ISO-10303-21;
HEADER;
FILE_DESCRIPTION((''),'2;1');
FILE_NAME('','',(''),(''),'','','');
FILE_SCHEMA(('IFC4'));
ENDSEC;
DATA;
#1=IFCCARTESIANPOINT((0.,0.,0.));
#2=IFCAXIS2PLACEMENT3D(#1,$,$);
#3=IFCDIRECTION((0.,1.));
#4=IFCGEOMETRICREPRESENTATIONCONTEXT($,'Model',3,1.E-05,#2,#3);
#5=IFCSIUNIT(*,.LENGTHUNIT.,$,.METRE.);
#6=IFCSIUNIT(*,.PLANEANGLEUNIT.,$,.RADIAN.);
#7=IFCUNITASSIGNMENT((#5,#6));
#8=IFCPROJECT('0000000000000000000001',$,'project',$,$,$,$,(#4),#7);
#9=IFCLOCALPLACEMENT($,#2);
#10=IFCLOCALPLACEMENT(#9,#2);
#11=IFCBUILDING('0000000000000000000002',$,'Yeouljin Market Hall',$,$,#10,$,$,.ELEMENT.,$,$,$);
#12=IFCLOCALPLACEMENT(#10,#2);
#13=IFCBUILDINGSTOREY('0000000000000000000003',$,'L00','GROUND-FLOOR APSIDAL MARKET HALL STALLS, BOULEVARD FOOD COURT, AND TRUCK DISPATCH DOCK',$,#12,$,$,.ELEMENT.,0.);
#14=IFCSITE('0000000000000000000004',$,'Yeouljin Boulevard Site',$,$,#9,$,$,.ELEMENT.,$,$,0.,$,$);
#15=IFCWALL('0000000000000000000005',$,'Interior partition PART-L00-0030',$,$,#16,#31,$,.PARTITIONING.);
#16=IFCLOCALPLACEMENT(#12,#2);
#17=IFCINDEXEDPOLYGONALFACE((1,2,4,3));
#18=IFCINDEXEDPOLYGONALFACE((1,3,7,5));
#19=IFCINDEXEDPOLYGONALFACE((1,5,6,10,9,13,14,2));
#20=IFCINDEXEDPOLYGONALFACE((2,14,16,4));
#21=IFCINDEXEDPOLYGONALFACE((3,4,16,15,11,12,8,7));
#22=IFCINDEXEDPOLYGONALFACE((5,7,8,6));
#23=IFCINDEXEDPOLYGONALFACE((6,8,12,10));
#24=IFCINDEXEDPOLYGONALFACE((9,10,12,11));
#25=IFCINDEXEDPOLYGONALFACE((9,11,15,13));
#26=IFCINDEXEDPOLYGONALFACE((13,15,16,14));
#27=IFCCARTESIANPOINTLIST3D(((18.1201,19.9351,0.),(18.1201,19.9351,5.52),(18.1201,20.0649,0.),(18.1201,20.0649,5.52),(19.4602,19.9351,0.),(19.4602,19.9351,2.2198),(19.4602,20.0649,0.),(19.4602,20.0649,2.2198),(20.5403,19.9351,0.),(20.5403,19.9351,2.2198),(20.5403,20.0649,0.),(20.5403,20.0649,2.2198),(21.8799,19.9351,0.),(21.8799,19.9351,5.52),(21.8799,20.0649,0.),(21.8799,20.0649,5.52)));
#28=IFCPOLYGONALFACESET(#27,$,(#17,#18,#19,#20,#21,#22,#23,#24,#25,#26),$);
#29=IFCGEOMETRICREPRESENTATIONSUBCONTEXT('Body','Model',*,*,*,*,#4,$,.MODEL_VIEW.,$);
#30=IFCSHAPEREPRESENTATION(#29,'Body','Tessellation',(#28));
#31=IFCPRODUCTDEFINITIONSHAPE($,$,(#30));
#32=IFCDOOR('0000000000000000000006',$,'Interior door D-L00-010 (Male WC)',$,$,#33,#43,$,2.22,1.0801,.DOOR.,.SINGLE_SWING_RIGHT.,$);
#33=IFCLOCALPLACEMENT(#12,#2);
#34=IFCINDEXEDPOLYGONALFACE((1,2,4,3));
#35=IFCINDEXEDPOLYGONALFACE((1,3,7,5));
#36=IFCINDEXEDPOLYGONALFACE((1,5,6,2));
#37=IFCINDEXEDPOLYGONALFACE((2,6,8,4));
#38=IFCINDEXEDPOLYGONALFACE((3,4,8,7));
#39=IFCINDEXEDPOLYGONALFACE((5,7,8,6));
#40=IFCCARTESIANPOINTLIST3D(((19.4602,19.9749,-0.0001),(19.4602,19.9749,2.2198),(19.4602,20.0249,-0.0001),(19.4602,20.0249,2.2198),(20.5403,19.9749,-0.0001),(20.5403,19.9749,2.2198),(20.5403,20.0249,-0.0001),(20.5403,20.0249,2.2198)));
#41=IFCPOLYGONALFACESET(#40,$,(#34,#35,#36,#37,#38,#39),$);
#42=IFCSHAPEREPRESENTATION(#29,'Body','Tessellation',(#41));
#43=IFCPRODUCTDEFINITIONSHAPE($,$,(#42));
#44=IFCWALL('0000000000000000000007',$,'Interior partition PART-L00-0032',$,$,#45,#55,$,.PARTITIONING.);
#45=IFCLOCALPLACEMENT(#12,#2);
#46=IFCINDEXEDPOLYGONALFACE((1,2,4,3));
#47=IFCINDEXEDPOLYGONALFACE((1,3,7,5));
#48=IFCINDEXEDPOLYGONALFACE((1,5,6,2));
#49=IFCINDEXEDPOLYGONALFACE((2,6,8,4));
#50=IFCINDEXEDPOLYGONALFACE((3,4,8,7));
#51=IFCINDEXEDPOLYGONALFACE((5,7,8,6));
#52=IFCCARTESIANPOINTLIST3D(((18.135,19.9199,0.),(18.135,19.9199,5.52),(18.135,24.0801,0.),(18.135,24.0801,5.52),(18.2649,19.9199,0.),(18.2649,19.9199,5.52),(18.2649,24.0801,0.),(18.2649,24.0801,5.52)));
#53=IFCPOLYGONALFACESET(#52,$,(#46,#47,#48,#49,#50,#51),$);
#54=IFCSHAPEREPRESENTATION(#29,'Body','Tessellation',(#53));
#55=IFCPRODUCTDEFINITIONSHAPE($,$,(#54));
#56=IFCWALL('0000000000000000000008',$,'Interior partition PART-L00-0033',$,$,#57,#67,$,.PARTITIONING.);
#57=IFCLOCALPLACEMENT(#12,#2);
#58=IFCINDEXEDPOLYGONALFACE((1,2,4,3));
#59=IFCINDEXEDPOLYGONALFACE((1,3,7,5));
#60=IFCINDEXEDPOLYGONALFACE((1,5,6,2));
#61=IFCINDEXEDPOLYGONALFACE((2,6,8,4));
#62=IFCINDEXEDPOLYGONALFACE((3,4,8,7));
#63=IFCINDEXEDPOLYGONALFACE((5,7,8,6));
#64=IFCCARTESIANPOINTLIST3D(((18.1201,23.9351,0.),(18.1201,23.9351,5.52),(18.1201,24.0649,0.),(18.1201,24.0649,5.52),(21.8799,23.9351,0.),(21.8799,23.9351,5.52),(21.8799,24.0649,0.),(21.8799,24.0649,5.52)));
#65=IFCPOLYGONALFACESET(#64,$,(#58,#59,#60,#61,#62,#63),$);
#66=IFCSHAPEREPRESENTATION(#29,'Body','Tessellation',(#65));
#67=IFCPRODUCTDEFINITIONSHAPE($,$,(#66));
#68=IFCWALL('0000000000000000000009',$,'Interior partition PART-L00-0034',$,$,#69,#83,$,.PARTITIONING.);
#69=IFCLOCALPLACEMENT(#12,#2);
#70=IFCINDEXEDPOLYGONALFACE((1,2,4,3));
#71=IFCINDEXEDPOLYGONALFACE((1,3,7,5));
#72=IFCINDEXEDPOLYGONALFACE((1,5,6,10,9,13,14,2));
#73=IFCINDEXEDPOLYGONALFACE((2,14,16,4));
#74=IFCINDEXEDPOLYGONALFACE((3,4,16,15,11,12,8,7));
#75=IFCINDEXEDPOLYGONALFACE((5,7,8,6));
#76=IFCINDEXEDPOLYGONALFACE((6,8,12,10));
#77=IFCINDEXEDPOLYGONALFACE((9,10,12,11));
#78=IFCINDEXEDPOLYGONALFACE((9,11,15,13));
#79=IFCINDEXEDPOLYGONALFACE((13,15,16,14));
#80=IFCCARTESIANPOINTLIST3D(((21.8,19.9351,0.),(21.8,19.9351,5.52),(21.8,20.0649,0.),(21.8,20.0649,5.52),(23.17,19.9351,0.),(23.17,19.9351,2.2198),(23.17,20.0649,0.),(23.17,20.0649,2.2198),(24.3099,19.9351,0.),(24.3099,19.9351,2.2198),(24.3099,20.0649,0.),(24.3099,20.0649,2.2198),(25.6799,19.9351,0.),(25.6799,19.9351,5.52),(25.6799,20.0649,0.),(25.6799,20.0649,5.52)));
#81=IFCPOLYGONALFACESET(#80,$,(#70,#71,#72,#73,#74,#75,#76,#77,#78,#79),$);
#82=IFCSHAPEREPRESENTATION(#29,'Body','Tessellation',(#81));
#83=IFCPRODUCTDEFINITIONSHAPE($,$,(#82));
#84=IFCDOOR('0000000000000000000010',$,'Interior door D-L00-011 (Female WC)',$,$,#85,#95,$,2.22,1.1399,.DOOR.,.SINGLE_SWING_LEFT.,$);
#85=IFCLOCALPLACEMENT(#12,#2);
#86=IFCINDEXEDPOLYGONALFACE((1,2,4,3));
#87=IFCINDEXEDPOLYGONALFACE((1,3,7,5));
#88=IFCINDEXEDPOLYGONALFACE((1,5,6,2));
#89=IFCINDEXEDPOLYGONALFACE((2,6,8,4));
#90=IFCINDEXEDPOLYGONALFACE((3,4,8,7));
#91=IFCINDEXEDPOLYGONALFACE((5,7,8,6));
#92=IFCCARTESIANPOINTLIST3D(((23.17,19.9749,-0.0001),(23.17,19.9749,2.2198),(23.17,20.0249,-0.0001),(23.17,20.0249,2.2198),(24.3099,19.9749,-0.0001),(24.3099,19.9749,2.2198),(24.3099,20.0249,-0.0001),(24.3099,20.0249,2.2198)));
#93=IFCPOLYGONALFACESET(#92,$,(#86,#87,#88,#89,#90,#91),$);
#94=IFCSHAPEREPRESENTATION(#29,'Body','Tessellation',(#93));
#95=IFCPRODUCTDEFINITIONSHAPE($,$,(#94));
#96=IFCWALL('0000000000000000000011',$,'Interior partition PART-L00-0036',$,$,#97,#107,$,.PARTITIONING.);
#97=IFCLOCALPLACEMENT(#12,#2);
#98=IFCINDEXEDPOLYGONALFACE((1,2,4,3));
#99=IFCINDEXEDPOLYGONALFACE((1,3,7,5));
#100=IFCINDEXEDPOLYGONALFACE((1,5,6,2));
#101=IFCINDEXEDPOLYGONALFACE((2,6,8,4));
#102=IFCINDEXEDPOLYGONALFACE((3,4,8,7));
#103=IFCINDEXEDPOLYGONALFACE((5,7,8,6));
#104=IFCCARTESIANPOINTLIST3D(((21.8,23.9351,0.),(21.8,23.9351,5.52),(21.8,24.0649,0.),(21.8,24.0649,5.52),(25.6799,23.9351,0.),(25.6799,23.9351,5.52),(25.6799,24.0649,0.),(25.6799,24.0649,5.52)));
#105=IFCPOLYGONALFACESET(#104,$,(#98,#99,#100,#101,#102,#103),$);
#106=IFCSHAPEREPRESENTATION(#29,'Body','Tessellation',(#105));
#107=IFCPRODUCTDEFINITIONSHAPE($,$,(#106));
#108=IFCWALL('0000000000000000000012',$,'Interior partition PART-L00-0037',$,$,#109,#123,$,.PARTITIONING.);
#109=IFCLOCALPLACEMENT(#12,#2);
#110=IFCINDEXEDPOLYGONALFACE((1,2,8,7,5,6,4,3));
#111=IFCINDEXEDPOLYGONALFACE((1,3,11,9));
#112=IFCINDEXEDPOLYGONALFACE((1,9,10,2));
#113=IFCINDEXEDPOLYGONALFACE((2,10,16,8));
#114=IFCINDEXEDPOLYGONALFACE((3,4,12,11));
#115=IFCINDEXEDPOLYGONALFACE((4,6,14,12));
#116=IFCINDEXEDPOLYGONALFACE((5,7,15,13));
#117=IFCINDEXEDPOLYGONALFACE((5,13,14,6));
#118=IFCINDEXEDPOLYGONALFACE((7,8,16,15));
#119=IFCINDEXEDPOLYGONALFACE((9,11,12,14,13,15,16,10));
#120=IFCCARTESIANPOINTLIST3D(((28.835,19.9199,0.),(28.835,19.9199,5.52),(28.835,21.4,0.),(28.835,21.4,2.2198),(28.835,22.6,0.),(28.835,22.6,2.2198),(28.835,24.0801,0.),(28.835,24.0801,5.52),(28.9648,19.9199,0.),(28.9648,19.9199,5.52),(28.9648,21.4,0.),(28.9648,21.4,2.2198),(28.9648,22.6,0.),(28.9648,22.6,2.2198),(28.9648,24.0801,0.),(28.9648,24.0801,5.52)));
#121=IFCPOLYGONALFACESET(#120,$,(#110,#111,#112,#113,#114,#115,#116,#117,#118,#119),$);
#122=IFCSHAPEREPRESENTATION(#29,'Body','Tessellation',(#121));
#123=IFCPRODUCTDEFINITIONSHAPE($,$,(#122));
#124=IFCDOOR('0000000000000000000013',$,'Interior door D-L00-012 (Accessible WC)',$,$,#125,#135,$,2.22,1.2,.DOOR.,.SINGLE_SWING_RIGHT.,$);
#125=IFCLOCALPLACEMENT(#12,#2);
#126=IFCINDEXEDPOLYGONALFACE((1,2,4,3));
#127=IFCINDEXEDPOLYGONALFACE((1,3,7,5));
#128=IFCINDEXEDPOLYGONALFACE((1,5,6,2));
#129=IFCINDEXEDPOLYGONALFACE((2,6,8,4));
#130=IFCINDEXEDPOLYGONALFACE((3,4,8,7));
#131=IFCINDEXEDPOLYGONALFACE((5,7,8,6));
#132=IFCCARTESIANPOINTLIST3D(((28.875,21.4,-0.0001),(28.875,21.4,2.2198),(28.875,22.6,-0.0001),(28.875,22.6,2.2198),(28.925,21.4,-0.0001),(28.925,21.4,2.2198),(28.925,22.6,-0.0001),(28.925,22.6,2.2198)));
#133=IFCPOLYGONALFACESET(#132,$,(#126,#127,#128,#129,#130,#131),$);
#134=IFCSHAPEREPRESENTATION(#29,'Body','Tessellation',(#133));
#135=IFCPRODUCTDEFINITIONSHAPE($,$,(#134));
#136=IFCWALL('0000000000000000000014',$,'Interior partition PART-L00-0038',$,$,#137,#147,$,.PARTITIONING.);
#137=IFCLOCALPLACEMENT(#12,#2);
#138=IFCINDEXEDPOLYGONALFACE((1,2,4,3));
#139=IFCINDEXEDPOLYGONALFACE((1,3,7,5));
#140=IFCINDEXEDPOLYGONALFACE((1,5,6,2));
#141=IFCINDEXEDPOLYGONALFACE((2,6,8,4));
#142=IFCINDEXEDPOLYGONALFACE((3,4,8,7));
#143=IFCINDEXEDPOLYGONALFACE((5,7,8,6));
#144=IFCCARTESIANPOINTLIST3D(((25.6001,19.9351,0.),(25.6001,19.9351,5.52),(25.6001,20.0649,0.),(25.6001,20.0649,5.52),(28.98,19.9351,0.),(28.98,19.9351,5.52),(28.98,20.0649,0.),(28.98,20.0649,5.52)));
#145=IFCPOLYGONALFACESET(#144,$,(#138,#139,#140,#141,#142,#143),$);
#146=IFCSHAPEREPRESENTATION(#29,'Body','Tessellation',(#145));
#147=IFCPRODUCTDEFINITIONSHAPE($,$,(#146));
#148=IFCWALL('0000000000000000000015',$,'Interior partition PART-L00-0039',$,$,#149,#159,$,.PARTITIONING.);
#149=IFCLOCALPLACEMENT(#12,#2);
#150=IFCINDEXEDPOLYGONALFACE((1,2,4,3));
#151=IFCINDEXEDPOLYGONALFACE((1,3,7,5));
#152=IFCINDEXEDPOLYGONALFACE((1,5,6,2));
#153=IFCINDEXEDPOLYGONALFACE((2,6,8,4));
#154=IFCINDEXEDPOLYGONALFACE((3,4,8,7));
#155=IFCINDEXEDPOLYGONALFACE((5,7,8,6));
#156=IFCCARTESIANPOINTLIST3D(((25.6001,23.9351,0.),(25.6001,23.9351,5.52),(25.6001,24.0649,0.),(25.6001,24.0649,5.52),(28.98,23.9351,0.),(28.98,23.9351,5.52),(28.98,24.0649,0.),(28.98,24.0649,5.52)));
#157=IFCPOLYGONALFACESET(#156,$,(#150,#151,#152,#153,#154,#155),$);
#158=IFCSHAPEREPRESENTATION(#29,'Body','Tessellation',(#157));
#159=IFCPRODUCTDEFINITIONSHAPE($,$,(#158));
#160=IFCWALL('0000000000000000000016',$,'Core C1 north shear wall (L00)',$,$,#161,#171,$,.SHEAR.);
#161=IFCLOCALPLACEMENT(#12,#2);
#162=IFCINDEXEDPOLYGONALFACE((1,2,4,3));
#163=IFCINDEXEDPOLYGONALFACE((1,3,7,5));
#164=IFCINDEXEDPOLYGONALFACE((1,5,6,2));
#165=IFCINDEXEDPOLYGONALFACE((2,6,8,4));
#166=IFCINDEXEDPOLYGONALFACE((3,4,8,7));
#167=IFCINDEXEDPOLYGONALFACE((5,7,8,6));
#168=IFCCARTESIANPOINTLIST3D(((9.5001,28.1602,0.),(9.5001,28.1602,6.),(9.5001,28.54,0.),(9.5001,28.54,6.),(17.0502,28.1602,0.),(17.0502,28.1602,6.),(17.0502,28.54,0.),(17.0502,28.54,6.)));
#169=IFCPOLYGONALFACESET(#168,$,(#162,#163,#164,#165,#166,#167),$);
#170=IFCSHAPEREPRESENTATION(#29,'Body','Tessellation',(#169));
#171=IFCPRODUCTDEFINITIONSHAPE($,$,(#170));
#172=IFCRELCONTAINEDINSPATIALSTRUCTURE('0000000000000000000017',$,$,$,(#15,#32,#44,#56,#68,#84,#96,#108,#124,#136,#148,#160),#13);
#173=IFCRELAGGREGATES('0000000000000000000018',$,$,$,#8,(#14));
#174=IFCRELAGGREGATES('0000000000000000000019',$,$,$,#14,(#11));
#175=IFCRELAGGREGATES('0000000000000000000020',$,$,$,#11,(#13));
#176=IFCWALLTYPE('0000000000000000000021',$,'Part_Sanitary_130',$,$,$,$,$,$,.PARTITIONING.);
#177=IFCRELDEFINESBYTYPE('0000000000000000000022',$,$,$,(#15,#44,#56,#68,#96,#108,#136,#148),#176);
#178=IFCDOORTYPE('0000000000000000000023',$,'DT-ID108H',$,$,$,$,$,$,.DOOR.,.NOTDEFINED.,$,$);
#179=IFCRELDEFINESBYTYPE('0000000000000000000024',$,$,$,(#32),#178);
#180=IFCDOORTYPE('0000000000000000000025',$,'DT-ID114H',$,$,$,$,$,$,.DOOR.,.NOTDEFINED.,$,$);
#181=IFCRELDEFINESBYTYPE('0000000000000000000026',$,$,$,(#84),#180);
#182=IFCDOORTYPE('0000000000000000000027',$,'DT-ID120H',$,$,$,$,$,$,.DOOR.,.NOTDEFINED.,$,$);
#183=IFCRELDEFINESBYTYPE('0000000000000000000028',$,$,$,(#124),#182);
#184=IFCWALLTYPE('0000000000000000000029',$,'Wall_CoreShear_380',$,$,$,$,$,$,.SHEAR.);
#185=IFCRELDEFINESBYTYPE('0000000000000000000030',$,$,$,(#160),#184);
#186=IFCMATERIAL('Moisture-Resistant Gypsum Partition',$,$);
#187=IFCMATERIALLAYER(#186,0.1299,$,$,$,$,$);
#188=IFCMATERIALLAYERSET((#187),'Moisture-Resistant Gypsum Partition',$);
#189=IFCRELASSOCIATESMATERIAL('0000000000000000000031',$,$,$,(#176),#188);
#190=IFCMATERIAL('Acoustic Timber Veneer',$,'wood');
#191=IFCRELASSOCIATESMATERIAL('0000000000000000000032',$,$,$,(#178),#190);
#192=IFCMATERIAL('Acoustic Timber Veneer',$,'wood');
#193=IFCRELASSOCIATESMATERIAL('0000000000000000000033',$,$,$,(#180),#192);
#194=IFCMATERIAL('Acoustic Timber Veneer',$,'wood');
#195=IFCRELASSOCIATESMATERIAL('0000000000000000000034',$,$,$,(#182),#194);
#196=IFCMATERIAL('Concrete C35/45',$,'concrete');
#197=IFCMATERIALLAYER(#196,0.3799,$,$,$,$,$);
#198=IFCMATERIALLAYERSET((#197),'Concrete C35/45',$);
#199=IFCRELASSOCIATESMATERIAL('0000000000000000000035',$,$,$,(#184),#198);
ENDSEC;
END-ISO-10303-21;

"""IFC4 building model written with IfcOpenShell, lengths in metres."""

from ifc_helpers import new_model, si_unit, direction, frame, frame_2d, origin, place, context, subcontext, project, spatial, rectangle, extrude, material, layer, layer_set, type_object, element, fill, save


model = new_model("IFC4")

# Units and contexts
model_context = context("Model", 3, precision=1e-05, world=origin(), true_north=direction((0.0, 1.0)))
body_context = subcontext(model_context, "Body", "Model", "MODEL_VIEW")
ifc_project = project(units=[si_unit("LENGTHUNIT", "METRE"), si_unit("PLANEANGLEUNIT", "RADIAN")], contexts=[model_context])

# Site, building, storey
site_placement = place(None, origin())
site = spatial("IfcSite", under=ifc_project, at=site_placement, Name="Yeouljin Boulevard Site", CompositionType="ELEMENT", RefElevation=0.0)
building_placement = place(site_placement, origin())
building = spatial("IfcBuilding", under=site, at=building_placement, Name="Yeouljin Market Hall", CompositionType="ELEMENT")
storey_placement = place(building_placement, origin())
storey = spatial("IfcBuildingStorey", under=building, at=storey_placement, Name="L00", Description="GROUND-FLOOR APSIDAL MARKET HALL STALLS, BOULEVARD FOOD COURT, AND TRUCK DISPATCH DOCK", CompositionType="ELEMENT", Elevation=0.0)

# Wall, opening, door
ifc_material_1 = material(Name="Moisture-Resistant Gypsum Partition")
ifc_layer_1 = layer(ifc_material_1, 0.1299)
ifc_layer_set_1 = layer_set([ifc_layer_1], Name="Moisture-Resistant Gypsum Partition")
wall_type_1 = type_object("IfcWallType", Name="Part_Sanitary_130", PredefinedType="PARTITIONING", material=ifc_layer_set_1)
wall_1_placement = place(storey_placement, frame((18.1201, 20.0, 0.0), z_axis=(0.0, 0.0, 1.0), x_axis=(1.0, 0.0, 0.0)))
wall_1 = element("IfcWall", 1, at=wall_1_placement, inside=storey, type_object=wall_type_1, Name="Interior partition PART-L00-0030", PredefinedType="PARTITIONING", context=body_context, shape_type="SweptSolid", body=[
    extrude(rectangle(XDim=3.7598, YDim=0.1299, at=frame_2d((1.8799, 0.0))), origin(), (0.0, 0.0, 1.0), 5.52),
])
opening_1_placement = place(wall_1_placement, frame((1.3401, 0.0, 0.0)))
opening_1 = element("IfcOpeningElement", 2, at=opening_1_placement, cuts=wall_1, PredefinedType="OPENING", context=body_context, shape_type="SweptSolid", body=[
    extrude(rectangle(XDim=1.0801, YDim=2.22, at=frame_2d((0.54, 1.1099))), frame((0.0, 0.075, 0.0), z_axis=(0.0, -1.0, 0.0), x_axis=(1.0, 0.0, 0.0)), (0.0, 0.0, 1.0), 0.1499),
])
ifc_material_2 = material(Name="Acoustic Timber Veneer", Category="wood")
door_type_1 = type_object("IfcDoorType", Name="DT-ID108H", OperationType="NOTDEFINED", PredefinedType="DOOR", material=ifc_material_2)
door_1_placement = place(opening_1_placement, origin())
door_1 = element("IfcDoor", 3, at=door_1_placement, inside=storey, type_object=door_type_1, Name="Interior door D-L00-010 (Male WC)", OperationType="SINGLE_SWING_RIGHT", OverallHeight=2.22, OverallWidth=1.0801, PredefinedType="DOOR", context=body_context, shape_type="SweptSolid", body=[
    extrude(rectangle(XDim=1.0801, YDim=2.22, at=frame_2d((0.54, 1.1099))), frame((0.0, 0.0249, 0.0), z_axis=(0.0, -1.0, 0.0), x_axis=(1.0, 0.0, 0.0)), (0.0, 0.0, 1.0), 0.05),
])
fill(opening_1, door_1)

# Walls
wall_2_placement = place(storey_placement, frame((18.2, 24.0801, 0.0), z_axis=(0.0, 0.0, 1.0), x_axis=(0.0, -1.0, 0.0)))
element("IfcWall", 4, at=wall_2_placement, inside=storey, type_object=wall_type_1, Name="Interior partition PART-L00-0032", PredefinedType="PARTITIONING", context=body_context, shape_type="SweptSolid", body=[
    extrude(rectangle(XDim=4.1602, YDim=0.1299, at=frame_2d((2.0801, 0.0))), origin(), (0.0, 0.0, 1.0), 5.52),
])
wall_3_placement = place(storey_placement, frame((21.8799, 24.0, 0.0), z_axis=(0.0, 0.0, 1.0), x_axis=(-1.0, 0.0, 0.0)))
element("IfcWall", 5, at=wall_3_placement, inside=storey, type_object=wall_type_1, Name="Interior partition PART-L00-0033", PredefinedType="PARTITIONING", context=body_context, shape_type="SweptSolid", body=[
    extrude(rectangle(XDim=3.7598, YDim=0.1299, at=frame_2d((1.8799, 0.0))), origin(), (0.0, 0.0, 1.0), 5.52),
])

# Wall, opening, door
wall_4_placement = place(storey_placement, frame((21.8, 20.0, 0.0), z_axis=(0.0, 0.0, 1.0), x_axis=(1.0, 0.0, 0.0)))
wall_4 = element("IfcWall", 6, at=wall_4_placement, inside=storey, type_object=wall_type_1, Name="Interior partition PART-L00-0034", PredefinedType="PARTITIONING", context=body_context, shape_type="SweptSolid", body=[
    extrude(rectangle(XDim=3.8799, YDim=0.1299, at=frame_2d((1.9399, 0.0))), origin(), (0.0, 0.0, 1.0), 5.52),
])
opening_2_placement = place(wall_4_placement, frame((1.3701, 0.0, 0.0)))
opening_2 = element("IfcOpeningElement", 7, at=opening_2_placement, cuts=wall_4, PredefinedType="OPENING", context=body_context, shape_type="SweptSolid", body=[
    extrude(rectangle(XDim=1.1399, YDim=2.22, at=frame_2d((0.5698, 1.1099))), frame((0.0, 0.075, 0.0), z_axis=(0.0, -1.0, 0.0), x_axis=(1.0, 0.0, 0.0)), (0.0, 0.0, 1.0), 0.1499),
])
ifc_material_3 = material(Name="Acoustic Timber Veneer", Category="wood")
door_type_2 = type_object("IfcDoorType", Name="DT-ID114H", OperationType="NOTDEFINED", PredefinedType="DOOR", material=ifc_material_3)
door_2_placement = place(opening_2_placement, origin())
door_2 = element("IfcDoor", 8, at=door_2_placement, inside=storey, type_object=door_type_2, Name="Interior door D-L00-011 (Female WC)", OperationType="SINGLE_SWING_LEFT", OverallHeight=2.22, OverallWidth=1.1399, PredefinedType="DOOR", context=body_context, shape_type="SweptSolid", body=[
    extrude(rectangle(XDim=1.1399, YDim=2.22, at=frame_2d((0.5698, 1.1099))), frame((0.0, 0.0249, 0.0), z_axis=(0.0, -1.0, 0.0), x_axis=(1.0, 0.0, 0.0)), (0.0, 0.0, 1.0), 0.05),
])
fill(opening_2, door_2)

# Wall
wall_5_placement = place(storey_placement, frame((25.6799, 24.0, 0.0), z_axis=(0.0, 0.0, 1.0), x_axis=(-1.0, 0.0, 0.0)))
element("IfcWall", 9, at=wall_5_placement, inside=storey, type_object=wall_type_1, Name="Interior partition PART-L00-0036", PredefinedType="PARTITIONING", context=body_context, shape_type="SweptSolid", body=[
    extrude(rectangle(XDim=3.8799, YDim=0.1299, at=frame_2d((1.9399, 0.0))), origin(), (0.0, 0.0, 1.0), 5.52),
])

# Wall, opening, door
wall_6_placement = place(storey_placement, frame((28.8999, 19.9199, 0.0), z_axis=(0.0, 0.0, 1.0), x_axis=(0.0, 1.0, 0.0)))
wall_6 = element("IfcWall", 10, at=wall_6_placement, inside=storey, type_object=wall_type_1, Name="Interior partition PART-L00-0037", PredefinedType="PARTITIONING", context=body_context, shape_type="SweptSolid", body=[
    extrude(rectangle(XDim=4.1602, YDim=0.1299, at=frame_2d((2.0801, 0.0))), origin(), (0.0, 0.0, 1.0), 5.52),
])
opening_3_placement = place(wall_6_placement, frame((1.48, 0.0, 0.0)))
opening_3 = element("IfcOpeningElement", 11, at=opening_3_placement, cuts=wall_6, PredefinedType="OPENING", context=body_context, shape_type="SweptSolid", body=[
    extrude(rectangle(XDim=1.2, YDim=2.22, at=frame_2d((0.6001, 1.1099))), frame((0.0, 0.075, 0.0), z_axis=(0.0, -1.0, 0.0), x_axis=(1.0, 0.0, 0.0)), (0.0, 0.0, 1.0), 0.1499),
])
ifc_material_4 = material(Name="Acoustic Timber Veneer", Category="wood")
door_type_3 = type_object("IfcDoorType", Name="DT-ID120H", OperationType="NOTDEFINED", PredefinedType="DOOR", material=ifc_material_4)
door_3_placement = place(opening_3_placement, origin())
door_3 = element("IfcDoor", 12, at=door_3_placement, inside=storey, type_object=door_type_3, Name="Interior door D-L00-012 (Accessible WC)", OperationType="SINGLE_SWING_RIGHT", OverallHeight=2.22, OverallWidth=1.2, PredefinedType="DOOR", context=body_context, shape_type="SweptSolid", body=[
    extrude(rectangle(XDim=1.2, YDim=2.22, at=frame_2d((0.6001, 1.1099))), frame((0.0, 0.0249, 0.0), z_axis=(0.0, -1.0, 0.0), x_axis=(1.0, 0.0, 0.0)), (0.0, 0.0, 1.0), 0.05),
])
fill(opening_3, door_3)

# Walls
for number, where, z_axis, x_axis, name in (
    (13, (25.6001, 20.0, 0.0), (0.0, 0.0, 1.0), (1.0, 0.0, 0.0), "Interior partition PART-L00-0038"),
    (14, (28.98, 24.0, 0.0), (0.0, 0.0, 1.0), (-1.0, 0.0, 0.0), "Interior partition PART-L00-0039"),
):
    element("IfcWall", number, at=place(storey_placement, frame(where, z_axis=z_axis, x_axis=x_axis)), inside=storey, type_object=wall_type_1, Name=name, PredefinedType="PARTITIONING", context=body_context, shape_type="SweptSolid", body=[
        extrude(rectangle(XDim=3.3799, YDim=0.1299, at=frame_2d((1.6899, 0.0))), origin(), (0.0, 0.0, 1.0), 5.52),
    ])
ifc_material_5 = material(Name="Concrete C35/45", Category="concrete")
ifc_layer_2 = layer(ifc_material_5, 0.3799)
ifc_layer_set_2 = layer_set([ifc_layer_2], Name="Concrete C35/45")
wall_type_2 = type_object("IfcWallType", Name="Wall_CoreShear_380", PredefinedType="SHEAR", material=ifc_layer_set_2)
wall_7_placement = place(storey_placement, frame((17.05, 28.3501, 0.0), z_axis=(0.0, 0.0, 1.0), x_axis=(-1.0, 0.0, 0.0)))
element("IfcWall", 15, at=wall_7_placement, inside=storey, type_object=wall_type_2, Name="Core C1 north shear wall (L00)", PredefinedType="SHEAR", context=body_context, shape_type="SweptSolid", body=[
    extrude(rectangle(XDim=7.55, YDim=0.3799, at=frame_2d((3.7749, 0.0))), origin(), (0.0, 0.0, 1.0), 6.0),
])

save(model, "model.ifc")
